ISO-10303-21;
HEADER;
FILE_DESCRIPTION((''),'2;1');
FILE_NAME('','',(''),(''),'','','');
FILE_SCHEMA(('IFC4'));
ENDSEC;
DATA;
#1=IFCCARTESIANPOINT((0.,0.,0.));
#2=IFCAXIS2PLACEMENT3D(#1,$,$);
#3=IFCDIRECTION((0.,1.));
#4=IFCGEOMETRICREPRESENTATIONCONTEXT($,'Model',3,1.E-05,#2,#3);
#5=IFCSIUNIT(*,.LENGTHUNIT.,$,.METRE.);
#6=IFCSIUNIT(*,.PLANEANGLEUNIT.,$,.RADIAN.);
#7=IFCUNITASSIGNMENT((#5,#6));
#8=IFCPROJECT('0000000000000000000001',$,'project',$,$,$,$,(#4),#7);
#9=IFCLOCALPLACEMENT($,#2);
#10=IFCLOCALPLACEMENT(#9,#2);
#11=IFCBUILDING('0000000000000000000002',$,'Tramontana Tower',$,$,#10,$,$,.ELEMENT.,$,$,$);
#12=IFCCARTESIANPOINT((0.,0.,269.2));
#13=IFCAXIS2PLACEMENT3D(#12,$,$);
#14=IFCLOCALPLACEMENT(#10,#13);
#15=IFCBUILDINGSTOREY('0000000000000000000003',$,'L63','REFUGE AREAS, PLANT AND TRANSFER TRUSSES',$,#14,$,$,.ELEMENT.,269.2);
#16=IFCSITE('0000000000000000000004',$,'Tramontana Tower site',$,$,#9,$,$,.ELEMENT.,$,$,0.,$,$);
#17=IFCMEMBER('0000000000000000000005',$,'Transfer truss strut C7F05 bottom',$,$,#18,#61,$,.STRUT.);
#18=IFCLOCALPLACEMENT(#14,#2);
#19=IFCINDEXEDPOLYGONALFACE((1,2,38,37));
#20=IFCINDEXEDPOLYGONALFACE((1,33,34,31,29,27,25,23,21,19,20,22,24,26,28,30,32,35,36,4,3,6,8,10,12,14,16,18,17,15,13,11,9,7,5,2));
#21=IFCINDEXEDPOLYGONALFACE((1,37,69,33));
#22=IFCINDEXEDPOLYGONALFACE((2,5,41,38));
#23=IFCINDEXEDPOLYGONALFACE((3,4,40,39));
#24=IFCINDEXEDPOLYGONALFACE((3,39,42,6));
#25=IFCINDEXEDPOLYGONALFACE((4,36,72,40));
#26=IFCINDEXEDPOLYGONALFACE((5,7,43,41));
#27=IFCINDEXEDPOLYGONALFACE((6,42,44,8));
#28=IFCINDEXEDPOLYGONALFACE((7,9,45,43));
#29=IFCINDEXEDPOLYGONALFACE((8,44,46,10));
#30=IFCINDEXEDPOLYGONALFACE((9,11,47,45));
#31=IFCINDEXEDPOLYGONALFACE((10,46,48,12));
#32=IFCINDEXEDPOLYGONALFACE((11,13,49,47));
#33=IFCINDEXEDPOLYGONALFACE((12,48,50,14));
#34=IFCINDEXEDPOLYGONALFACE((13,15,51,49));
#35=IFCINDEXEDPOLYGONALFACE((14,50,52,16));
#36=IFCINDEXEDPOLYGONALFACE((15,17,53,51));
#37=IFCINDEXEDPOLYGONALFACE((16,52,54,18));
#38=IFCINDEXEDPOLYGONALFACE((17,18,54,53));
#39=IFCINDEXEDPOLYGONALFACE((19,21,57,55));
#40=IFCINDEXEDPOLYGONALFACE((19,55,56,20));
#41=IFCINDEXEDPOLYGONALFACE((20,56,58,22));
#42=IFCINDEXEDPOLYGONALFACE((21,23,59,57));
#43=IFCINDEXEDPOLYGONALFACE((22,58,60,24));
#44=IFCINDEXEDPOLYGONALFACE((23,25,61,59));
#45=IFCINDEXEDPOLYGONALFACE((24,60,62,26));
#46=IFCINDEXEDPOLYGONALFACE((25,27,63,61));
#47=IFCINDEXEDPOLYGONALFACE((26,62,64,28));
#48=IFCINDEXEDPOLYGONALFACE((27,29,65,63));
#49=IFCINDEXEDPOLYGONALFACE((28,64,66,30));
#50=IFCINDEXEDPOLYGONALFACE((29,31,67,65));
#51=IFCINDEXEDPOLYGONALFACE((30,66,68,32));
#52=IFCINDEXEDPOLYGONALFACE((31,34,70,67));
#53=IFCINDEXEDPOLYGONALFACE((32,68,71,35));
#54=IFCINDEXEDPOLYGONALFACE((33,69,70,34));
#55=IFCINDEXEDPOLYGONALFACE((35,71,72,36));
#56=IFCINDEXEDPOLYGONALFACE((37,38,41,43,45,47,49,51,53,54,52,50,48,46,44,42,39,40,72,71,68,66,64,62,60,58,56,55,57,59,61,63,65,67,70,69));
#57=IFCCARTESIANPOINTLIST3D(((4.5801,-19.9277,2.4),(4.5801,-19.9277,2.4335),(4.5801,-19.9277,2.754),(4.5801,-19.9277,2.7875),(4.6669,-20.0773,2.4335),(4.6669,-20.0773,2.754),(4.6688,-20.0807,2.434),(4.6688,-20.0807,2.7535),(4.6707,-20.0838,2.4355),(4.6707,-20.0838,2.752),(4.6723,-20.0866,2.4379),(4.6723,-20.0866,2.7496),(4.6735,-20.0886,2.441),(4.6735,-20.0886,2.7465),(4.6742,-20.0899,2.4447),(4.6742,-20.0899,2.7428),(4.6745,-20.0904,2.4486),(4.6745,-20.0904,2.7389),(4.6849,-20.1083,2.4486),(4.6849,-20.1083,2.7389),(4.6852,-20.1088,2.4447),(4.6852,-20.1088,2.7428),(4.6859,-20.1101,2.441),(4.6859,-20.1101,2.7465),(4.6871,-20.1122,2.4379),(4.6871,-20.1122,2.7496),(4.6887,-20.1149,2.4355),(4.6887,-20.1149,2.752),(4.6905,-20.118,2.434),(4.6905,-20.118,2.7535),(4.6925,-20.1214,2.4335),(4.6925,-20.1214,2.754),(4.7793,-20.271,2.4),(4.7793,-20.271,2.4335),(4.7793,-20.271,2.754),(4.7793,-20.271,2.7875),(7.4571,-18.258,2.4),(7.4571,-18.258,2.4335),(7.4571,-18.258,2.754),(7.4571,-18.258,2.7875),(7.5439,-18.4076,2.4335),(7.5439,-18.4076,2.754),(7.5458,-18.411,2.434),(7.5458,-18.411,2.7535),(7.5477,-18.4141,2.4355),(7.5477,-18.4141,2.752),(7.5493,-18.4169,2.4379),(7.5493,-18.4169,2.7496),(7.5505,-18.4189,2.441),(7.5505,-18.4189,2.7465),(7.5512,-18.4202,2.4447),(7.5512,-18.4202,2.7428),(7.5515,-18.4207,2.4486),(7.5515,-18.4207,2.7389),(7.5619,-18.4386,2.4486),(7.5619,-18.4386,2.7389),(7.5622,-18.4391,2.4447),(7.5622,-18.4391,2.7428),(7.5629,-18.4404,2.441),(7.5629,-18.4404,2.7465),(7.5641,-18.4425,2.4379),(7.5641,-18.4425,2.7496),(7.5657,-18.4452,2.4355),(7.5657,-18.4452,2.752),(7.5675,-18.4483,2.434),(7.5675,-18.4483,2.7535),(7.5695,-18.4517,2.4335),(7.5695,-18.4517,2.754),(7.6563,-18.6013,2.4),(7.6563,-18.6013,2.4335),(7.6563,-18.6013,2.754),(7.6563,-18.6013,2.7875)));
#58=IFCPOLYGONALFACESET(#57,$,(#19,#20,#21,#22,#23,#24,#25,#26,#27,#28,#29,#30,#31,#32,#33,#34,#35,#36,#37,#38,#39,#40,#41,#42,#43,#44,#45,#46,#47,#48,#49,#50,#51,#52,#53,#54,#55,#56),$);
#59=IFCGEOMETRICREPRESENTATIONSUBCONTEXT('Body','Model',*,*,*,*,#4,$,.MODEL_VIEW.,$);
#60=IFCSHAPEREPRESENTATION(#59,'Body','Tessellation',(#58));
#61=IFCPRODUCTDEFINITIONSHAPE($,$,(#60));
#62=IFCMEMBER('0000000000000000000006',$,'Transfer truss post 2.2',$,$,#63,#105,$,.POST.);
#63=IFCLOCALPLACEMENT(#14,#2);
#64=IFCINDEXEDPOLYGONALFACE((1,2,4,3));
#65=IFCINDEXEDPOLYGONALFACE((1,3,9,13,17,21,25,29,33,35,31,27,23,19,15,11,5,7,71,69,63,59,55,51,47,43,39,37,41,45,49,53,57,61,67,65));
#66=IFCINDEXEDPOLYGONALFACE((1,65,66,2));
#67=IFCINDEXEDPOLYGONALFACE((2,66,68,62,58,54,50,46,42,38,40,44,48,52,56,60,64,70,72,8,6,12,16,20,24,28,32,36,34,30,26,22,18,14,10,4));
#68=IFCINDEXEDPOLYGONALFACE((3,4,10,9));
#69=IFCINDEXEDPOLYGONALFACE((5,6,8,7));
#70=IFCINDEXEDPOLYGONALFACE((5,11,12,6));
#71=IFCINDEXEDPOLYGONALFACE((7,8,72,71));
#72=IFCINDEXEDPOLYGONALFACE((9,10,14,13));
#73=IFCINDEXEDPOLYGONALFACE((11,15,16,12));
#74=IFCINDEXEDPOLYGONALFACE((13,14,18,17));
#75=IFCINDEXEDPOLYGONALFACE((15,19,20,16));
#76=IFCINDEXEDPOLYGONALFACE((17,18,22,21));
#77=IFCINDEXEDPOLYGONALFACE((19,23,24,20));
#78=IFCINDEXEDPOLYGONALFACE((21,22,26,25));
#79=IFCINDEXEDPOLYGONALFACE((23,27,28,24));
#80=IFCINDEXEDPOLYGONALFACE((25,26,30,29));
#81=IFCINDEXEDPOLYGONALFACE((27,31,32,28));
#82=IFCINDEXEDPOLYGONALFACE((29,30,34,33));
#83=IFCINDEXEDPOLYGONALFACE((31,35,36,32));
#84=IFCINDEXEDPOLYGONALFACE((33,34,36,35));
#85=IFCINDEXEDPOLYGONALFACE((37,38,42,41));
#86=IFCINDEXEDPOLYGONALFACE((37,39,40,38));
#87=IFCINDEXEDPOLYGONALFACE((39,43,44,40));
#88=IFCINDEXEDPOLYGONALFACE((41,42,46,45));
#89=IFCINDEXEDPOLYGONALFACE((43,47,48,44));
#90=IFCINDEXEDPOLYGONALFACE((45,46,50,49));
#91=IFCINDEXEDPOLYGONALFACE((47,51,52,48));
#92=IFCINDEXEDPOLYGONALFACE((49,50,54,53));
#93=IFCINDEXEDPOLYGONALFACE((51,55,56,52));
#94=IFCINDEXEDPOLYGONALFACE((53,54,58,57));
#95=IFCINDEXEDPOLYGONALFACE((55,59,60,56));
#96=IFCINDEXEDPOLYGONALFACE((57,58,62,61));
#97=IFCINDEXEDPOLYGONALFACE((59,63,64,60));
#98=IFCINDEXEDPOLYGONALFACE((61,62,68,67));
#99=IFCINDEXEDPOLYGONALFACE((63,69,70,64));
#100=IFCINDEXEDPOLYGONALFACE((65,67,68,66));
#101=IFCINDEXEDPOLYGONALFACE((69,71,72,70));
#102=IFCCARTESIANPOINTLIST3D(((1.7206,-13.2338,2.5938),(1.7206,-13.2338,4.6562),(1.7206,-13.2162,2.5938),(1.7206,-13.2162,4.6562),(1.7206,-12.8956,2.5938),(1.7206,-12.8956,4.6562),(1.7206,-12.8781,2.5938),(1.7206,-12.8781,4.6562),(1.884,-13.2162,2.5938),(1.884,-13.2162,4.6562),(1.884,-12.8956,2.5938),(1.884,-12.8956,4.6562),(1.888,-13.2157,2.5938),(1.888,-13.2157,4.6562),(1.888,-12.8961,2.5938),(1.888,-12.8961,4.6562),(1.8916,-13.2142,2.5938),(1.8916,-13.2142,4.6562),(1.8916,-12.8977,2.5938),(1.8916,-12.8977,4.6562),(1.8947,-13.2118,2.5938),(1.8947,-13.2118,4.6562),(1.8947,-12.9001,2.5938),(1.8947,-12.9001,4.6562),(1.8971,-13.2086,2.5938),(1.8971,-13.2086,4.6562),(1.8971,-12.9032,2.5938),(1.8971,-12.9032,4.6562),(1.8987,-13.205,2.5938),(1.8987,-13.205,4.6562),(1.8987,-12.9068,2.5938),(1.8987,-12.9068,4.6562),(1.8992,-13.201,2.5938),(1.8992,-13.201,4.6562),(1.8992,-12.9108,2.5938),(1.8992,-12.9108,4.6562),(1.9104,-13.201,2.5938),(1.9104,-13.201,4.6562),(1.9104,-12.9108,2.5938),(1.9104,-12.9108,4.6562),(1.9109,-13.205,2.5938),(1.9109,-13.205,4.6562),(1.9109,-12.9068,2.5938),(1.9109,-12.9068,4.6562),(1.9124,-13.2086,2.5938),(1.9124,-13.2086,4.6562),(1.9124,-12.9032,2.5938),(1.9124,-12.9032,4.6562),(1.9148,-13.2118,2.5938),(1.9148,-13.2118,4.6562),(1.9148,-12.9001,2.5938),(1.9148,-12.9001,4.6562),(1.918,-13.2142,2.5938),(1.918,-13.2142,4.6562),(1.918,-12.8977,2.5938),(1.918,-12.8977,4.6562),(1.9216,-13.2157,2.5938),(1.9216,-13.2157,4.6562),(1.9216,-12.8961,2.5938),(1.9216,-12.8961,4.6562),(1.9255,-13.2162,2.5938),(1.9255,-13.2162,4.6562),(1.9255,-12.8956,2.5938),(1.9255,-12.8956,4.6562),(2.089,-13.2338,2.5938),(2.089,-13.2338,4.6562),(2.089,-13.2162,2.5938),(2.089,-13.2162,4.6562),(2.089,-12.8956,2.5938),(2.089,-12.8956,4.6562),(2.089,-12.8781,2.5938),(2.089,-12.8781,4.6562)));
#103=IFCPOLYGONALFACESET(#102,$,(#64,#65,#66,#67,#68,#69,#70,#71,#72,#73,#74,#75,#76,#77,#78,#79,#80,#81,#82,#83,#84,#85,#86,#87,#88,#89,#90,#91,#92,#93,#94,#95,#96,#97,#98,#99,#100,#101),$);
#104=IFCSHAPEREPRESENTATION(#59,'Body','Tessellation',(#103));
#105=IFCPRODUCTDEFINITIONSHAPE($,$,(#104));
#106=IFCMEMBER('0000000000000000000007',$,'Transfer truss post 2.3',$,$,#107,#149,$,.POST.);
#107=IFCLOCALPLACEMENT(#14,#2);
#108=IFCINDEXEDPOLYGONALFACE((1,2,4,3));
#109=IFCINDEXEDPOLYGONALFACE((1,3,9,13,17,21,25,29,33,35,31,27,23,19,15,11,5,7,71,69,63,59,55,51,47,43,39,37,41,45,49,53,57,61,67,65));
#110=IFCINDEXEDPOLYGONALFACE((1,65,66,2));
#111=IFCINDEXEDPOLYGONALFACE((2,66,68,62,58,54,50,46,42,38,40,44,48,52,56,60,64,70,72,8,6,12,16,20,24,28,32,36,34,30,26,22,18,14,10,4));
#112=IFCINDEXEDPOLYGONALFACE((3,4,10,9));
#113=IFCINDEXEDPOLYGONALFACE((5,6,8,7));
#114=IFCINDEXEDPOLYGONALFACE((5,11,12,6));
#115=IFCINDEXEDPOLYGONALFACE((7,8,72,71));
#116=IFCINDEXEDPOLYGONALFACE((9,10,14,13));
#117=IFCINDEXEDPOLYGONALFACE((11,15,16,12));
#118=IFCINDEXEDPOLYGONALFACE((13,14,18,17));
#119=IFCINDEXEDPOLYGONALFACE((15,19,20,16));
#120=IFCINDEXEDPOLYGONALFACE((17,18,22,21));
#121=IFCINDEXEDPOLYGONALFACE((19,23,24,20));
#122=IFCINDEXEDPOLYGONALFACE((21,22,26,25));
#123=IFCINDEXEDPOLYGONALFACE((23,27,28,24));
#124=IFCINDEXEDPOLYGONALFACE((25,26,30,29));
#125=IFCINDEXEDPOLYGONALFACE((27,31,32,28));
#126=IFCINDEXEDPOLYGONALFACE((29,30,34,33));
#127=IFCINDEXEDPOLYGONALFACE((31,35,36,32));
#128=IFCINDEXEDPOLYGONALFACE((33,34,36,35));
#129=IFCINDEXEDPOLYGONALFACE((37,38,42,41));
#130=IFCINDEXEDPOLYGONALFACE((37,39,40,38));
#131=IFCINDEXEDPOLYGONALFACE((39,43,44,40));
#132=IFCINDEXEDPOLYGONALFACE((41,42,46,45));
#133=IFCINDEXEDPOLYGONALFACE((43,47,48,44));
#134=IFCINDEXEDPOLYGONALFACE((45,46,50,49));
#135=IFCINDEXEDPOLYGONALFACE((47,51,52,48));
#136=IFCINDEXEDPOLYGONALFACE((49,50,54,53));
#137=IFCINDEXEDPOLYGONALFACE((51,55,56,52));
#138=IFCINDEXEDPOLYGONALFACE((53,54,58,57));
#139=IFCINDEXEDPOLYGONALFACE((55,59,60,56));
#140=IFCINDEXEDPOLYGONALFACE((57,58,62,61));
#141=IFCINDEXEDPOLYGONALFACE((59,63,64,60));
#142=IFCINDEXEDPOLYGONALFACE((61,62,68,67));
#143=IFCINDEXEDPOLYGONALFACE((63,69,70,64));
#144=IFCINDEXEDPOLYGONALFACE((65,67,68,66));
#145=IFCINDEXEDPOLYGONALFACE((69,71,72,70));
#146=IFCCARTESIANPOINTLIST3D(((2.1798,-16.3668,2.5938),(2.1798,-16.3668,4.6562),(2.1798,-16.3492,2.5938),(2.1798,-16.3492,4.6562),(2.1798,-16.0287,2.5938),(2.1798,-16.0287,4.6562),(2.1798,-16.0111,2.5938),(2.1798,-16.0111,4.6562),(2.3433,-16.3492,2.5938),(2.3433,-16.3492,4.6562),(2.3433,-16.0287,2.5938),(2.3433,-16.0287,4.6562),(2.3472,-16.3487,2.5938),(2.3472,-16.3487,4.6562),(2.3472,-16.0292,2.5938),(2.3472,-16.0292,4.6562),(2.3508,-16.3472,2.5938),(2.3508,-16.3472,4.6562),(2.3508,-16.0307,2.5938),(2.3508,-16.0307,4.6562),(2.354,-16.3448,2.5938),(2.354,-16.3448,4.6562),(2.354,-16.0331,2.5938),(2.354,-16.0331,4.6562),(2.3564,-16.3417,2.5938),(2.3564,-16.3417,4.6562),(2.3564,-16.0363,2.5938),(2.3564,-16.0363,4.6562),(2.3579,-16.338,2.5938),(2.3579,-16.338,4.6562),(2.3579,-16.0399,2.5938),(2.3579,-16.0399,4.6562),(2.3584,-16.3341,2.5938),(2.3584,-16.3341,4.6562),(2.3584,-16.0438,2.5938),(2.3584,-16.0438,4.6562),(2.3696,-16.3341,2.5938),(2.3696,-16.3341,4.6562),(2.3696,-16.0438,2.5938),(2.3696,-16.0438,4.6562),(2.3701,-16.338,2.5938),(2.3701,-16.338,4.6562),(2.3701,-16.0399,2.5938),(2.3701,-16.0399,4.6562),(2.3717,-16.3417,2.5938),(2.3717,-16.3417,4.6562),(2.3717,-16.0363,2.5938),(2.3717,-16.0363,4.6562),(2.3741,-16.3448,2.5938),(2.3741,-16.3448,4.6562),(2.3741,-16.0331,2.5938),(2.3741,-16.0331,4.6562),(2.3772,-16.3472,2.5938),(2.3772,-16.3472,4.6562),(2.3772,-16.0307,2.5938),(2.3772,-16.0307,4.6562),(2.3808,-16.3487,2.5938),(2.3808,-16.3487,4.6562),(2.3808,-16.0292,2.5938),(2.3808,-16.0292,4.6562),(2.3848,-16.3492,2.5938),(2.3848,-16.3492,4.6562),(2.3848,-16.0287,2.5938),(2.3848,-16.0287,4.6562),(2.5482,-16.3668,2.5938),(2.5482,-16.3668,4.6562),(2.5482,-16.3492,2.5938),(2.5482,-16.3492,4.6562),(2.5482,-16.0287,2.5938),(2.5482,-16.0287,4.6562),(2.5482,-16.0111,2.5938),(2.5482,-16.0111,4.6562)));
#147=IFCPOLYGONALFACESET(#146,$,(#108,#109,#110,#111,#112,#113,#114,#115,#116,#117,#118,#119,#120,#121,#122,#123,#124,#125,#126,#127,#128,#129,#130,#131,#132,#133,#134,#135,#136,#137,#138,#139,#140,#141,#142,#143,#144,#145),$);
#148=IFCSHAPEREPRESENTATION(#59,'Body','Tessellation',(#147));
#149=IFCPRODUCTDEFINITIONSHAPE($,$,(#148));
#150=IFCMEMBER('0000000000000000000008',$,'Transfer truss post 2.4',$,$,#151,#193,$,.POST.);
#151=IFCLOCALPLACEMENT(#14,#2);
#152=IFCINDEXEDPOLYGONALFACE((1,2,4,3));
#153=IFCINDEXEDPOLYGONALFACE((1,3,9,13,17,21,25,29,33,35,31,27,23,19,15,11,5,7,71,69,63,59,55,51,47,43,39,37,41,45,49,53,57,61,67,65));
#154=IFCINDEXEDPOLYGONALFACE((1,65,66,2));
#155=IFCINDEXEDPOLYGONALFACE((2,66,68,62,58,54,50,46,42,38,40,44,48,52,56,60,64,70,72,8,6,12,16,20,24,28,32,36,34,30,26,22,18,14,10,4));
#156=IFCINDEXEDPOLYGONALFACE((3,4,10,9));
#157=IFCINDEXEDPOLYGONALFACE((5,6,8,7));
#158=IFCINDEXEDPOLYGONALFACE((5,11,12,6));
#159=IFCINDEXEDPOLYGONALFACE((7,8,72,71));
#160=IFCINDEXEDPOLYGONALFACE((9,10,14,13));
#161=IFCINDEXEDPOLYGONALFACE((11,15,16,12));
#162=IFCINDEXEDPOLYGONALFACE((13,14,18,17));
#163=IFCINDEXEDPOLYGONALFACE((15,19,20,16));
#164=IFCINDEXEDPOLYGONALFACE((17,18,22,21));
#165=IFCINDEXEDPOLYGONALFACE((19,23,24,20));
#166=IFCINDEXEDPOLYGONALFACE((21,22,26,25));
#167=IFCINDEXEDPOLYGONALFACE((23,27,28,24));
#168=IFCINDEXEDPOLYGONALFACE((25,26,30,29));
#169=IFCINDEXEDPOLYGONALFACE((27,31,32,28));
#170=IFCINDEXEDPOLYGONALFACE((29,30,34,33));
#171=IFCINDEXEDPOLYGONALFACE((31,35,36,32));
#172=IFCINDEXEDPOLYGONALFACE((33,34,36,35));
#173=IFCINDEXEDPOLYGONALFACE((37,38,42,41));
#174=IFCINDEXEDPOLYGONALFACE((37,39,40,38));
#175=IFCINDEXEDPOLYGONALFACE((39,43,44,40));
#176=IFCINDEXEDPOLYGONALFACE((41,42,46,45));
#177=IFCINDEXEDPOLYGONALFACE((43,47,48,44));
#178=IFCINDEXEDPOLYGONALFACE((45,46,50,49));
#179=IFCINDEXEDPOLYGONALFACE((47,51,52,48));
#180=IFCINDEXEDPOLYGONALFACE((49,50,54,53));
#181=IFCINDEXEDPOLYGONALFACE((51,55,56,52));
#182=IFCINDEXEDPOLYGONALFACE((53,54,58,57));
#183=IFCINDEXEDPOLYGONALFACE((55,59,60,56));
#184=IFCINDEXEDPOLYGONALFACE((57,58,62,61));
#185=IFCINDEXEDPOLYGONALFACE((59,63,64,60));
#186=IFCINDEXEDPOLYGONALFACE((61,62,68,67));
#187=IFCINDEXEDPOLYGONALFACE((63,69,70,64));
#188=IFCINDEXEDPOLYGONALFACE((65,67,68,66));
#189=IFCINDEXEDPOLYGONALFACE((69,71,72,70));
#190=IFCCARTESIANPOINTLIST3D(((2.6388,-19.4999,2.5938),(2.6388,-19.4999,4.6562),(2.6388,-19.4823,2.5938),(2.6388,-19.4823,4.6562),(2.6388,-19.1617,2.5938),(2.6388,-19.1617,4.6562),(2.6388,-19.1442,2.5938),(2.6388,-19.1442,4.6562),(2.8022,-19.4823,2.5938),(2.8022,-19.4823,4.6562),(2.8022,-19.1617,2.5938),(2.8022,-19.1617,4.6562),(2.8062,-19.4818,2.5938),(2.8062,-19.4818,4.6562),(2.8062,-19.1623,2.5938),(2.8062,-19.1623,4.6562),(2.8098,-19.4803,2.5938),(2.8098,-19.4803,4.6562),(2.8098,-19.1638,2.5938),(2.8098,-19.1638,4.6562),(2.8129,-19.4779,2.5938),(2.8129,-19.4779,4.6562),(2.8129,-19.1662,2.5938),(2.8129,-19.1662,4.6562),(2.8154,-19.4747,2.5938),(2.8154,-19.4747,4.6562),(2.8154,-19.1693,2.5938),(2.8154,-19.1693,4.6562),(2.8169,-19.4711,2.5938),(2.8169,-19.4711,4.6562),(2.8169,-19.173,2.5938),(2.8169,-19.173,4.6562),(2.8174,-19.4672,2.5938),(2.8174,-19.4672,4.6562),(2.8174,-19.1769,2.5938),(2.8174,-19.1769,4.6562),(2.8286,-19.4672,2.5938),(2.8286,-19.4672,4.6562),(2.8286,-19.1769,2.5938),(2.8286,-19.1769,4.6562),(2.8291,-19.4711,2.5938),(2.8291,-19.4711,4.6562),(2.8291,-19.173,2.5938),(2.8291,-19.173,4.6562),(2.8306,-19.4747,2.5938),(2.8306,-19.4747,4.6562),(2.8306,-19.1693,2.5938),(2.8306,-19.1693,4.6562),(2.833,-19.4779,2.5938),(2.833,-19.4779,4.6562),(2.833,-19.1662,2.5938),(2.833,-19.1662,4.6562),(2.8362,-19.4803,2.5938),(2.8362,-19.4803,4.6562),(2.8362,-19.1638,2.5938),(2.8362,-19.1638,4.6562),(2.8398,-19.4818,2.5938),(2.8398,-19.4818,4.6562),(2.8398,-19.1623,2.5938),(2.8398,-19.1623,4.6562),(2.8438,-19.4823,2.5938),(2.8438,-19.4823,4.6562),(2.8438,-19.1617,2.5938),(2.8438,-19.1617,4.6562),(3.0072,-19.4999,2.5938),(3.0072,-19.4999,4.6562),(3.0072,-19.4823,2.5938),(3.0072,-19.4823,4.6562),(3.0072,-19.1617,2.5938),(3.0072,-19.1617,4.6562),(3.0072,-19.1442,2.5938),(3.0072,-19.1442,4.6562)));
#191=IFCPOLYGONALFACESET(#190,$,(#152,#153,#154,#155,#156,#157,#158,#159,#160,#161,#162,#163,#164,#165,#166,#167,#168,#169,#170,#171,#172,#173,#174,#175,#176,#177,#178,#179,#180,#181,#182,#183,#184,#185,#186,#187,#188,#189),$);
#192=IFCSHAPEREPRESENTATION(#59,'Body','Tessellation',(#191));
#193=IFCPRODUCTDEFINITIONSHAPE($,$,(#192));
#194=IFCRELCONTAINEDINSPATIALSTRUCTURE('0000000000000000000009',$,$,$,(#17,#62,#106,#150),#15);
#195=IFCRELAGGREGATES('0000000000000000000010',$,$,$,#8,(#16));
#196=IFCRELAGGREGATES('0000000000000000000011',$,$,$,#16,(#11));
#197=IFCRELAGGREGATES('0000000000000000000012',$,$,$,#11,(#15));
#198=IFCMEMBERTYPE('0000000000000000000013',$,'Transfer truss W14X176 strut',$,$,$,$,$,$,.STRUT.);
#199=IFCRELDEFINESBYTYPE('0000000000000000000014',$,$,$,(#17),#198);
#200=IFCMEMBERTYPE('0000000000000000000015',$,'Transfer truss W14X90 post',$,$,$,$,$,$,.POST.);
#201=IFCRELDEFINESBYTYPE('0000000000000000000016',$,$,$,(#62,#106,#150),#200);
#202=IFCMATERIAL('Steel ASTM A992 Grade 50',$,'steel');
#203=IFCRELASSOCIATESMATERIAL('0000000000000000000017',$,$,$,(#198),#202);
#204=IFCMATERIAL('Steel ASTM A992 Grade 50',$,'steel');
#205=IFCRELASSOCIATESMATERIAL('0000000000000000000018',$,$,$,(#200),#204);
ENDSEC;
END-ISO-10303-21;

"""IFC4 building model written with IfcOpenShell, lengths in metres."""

from ifc_helpers import new_model, si_unit, direction, frame, origin, origin_2d, place, context, subcontext, project, spatial, i_section, extrude, material, material_profile, profile_set, type_object, element, save


model = new_model("IFC4")

# Units and contexts
model_context = context("Model", 3, precision=1e-05, world=origin(), true_north=direction((0.0, 1.0)))
body_context = subcontext(model_context, "Body", "Model", "MODEL_VIEW")
ifc_project = project(units=[si_unit("LENGTHUNIT", "METRE"), si_unit("PLANEANGLEUNIT", "RADIAN")], contexts=[model_context])

# Site, building, storey
site_placement = place(None, origin())
site = spatial("IfcSite", under=ifc_project, at=site_placement, Name="Tramontana Tower site", CompositionType="ELEMENT", RefElevation=0.0)
building_placement = place(site_placement, origin())
building = spatial("IfcBuilding", under=site, at=building_placement, Name="Tramontana Tower", CompositionType="ELEMENT")
storey_placement = place(building_placement, frame((0.0, 0.0, 269.2)))
storey = spatial("IfcBuildingStorey", under=building, at=storey_placement, Name="L63", Description="REFUGE AREAS, PLANT AND TRANSFER TRUSSES", CompositionType="ELEMENT", Elevation=269.2)

# Members
ifc_material_1 = material(Name="Steel ASTM A992 Grade 50", Category="steel")
ifc_material_profile_1 = material_profile(ifc_material_1, i_section(OverallWidth=0.397, OverallDepth=0.3875, WebThickness=0.0208, FlangeThickness=0.0334, FilletRadius=0.0151, at=origin_2d()), Name="W14X176")
ifc_profile_set_1 = profile_set([ifc_material_profile_1], Name="Steel ASTM A992 Grade 50")
member_type_1 = type_object("IfcMemberType", Name="Transfer truss W14X176 strut", PredefinedType="STRUT", material=ifc_profile_set_1)
member_1_placement = place(storey_placement, frame((4.6797, -20.0994, 2.5938), z_axis=(0.864895, 0.501953, 0.0), x_axis=(-0.501953, 0.864895, 0.0)))
element("IfcMember", 1, at=member_1_placement, inside=storey, type_object=member_type_1, Name="Transfer truss strut C7F05 bottom", PredefinedType="STRUT", context=body_context, shape_type="SweptSolid", body=[
    extrude(i_section(OverallWidth=0.397, OverallDepth=0.3875, WebThickness=0.0208, FlangeThickness=0.0334, FilletRadius=0.0151, at=origin_2d()), origin(), (0.0, 0.0, 1.0), 3.3264),
])
ifc_material_2 = material(Name="Steel ASTM A992 Grade 50", Category="steel")
ifc_material_profile_2 = material_profile(ifc_material_2, i_section(OverallWidth=0.3684, OverallDepth=0.3557, WebThickness=0.0112, FlangeThickness=0.0176, FilletRadius=0.0151, at=origin_2d()), Name="W14X90")
ifc_profile_set_2 = profile_set([ifc_material_profile_2], Name="Steel ASTM A992 Grade 50")
member_type_2 = type_object("IfcMemberType", Name="Transfer truss W14X90 post", PredefinedType="POST", material=ifc_profile_set_2)
for number, where, z_axis, x_axis, name in (
    (2, (1.9048, -13.0559, 2.5938), (0.0, 0.0, 1.0), (1.0, 0.0, 0.0), "Transfer truss post 2.2"),
    (3, (2.364, -16.189, 2.5938), (0.0, 0.0, 1.0), (1.0, 0.0, 0.0), "Transfer truss post 2.3"),
    (4, (2.823, -19.322, 2.5938), (0.0, 0.0, 1.0), (1.0, 0.0, 0.0), "Transfer truss post 2.4"),
):
    element("IfcMember", number, at=place(storey_placement, frame(where, z_axis=z_axis, x_axis=x_axis)), inside=storey, type_object=member_type_2, Name=name, PredefinedType="POST", context=body_context, shape_type="SweptSolid", body=[
        extrude(i_section(OverallWidth=0.3684, OverallDepth=0.3557, WebThickness=0.0112, FlangeThickness=0.0176, FilletRadius=0.0151, at=origin_2d()), origin(), (0.0, 0.0, 1.0), 2.0625),
    ])

save(model, "model.ifc")
